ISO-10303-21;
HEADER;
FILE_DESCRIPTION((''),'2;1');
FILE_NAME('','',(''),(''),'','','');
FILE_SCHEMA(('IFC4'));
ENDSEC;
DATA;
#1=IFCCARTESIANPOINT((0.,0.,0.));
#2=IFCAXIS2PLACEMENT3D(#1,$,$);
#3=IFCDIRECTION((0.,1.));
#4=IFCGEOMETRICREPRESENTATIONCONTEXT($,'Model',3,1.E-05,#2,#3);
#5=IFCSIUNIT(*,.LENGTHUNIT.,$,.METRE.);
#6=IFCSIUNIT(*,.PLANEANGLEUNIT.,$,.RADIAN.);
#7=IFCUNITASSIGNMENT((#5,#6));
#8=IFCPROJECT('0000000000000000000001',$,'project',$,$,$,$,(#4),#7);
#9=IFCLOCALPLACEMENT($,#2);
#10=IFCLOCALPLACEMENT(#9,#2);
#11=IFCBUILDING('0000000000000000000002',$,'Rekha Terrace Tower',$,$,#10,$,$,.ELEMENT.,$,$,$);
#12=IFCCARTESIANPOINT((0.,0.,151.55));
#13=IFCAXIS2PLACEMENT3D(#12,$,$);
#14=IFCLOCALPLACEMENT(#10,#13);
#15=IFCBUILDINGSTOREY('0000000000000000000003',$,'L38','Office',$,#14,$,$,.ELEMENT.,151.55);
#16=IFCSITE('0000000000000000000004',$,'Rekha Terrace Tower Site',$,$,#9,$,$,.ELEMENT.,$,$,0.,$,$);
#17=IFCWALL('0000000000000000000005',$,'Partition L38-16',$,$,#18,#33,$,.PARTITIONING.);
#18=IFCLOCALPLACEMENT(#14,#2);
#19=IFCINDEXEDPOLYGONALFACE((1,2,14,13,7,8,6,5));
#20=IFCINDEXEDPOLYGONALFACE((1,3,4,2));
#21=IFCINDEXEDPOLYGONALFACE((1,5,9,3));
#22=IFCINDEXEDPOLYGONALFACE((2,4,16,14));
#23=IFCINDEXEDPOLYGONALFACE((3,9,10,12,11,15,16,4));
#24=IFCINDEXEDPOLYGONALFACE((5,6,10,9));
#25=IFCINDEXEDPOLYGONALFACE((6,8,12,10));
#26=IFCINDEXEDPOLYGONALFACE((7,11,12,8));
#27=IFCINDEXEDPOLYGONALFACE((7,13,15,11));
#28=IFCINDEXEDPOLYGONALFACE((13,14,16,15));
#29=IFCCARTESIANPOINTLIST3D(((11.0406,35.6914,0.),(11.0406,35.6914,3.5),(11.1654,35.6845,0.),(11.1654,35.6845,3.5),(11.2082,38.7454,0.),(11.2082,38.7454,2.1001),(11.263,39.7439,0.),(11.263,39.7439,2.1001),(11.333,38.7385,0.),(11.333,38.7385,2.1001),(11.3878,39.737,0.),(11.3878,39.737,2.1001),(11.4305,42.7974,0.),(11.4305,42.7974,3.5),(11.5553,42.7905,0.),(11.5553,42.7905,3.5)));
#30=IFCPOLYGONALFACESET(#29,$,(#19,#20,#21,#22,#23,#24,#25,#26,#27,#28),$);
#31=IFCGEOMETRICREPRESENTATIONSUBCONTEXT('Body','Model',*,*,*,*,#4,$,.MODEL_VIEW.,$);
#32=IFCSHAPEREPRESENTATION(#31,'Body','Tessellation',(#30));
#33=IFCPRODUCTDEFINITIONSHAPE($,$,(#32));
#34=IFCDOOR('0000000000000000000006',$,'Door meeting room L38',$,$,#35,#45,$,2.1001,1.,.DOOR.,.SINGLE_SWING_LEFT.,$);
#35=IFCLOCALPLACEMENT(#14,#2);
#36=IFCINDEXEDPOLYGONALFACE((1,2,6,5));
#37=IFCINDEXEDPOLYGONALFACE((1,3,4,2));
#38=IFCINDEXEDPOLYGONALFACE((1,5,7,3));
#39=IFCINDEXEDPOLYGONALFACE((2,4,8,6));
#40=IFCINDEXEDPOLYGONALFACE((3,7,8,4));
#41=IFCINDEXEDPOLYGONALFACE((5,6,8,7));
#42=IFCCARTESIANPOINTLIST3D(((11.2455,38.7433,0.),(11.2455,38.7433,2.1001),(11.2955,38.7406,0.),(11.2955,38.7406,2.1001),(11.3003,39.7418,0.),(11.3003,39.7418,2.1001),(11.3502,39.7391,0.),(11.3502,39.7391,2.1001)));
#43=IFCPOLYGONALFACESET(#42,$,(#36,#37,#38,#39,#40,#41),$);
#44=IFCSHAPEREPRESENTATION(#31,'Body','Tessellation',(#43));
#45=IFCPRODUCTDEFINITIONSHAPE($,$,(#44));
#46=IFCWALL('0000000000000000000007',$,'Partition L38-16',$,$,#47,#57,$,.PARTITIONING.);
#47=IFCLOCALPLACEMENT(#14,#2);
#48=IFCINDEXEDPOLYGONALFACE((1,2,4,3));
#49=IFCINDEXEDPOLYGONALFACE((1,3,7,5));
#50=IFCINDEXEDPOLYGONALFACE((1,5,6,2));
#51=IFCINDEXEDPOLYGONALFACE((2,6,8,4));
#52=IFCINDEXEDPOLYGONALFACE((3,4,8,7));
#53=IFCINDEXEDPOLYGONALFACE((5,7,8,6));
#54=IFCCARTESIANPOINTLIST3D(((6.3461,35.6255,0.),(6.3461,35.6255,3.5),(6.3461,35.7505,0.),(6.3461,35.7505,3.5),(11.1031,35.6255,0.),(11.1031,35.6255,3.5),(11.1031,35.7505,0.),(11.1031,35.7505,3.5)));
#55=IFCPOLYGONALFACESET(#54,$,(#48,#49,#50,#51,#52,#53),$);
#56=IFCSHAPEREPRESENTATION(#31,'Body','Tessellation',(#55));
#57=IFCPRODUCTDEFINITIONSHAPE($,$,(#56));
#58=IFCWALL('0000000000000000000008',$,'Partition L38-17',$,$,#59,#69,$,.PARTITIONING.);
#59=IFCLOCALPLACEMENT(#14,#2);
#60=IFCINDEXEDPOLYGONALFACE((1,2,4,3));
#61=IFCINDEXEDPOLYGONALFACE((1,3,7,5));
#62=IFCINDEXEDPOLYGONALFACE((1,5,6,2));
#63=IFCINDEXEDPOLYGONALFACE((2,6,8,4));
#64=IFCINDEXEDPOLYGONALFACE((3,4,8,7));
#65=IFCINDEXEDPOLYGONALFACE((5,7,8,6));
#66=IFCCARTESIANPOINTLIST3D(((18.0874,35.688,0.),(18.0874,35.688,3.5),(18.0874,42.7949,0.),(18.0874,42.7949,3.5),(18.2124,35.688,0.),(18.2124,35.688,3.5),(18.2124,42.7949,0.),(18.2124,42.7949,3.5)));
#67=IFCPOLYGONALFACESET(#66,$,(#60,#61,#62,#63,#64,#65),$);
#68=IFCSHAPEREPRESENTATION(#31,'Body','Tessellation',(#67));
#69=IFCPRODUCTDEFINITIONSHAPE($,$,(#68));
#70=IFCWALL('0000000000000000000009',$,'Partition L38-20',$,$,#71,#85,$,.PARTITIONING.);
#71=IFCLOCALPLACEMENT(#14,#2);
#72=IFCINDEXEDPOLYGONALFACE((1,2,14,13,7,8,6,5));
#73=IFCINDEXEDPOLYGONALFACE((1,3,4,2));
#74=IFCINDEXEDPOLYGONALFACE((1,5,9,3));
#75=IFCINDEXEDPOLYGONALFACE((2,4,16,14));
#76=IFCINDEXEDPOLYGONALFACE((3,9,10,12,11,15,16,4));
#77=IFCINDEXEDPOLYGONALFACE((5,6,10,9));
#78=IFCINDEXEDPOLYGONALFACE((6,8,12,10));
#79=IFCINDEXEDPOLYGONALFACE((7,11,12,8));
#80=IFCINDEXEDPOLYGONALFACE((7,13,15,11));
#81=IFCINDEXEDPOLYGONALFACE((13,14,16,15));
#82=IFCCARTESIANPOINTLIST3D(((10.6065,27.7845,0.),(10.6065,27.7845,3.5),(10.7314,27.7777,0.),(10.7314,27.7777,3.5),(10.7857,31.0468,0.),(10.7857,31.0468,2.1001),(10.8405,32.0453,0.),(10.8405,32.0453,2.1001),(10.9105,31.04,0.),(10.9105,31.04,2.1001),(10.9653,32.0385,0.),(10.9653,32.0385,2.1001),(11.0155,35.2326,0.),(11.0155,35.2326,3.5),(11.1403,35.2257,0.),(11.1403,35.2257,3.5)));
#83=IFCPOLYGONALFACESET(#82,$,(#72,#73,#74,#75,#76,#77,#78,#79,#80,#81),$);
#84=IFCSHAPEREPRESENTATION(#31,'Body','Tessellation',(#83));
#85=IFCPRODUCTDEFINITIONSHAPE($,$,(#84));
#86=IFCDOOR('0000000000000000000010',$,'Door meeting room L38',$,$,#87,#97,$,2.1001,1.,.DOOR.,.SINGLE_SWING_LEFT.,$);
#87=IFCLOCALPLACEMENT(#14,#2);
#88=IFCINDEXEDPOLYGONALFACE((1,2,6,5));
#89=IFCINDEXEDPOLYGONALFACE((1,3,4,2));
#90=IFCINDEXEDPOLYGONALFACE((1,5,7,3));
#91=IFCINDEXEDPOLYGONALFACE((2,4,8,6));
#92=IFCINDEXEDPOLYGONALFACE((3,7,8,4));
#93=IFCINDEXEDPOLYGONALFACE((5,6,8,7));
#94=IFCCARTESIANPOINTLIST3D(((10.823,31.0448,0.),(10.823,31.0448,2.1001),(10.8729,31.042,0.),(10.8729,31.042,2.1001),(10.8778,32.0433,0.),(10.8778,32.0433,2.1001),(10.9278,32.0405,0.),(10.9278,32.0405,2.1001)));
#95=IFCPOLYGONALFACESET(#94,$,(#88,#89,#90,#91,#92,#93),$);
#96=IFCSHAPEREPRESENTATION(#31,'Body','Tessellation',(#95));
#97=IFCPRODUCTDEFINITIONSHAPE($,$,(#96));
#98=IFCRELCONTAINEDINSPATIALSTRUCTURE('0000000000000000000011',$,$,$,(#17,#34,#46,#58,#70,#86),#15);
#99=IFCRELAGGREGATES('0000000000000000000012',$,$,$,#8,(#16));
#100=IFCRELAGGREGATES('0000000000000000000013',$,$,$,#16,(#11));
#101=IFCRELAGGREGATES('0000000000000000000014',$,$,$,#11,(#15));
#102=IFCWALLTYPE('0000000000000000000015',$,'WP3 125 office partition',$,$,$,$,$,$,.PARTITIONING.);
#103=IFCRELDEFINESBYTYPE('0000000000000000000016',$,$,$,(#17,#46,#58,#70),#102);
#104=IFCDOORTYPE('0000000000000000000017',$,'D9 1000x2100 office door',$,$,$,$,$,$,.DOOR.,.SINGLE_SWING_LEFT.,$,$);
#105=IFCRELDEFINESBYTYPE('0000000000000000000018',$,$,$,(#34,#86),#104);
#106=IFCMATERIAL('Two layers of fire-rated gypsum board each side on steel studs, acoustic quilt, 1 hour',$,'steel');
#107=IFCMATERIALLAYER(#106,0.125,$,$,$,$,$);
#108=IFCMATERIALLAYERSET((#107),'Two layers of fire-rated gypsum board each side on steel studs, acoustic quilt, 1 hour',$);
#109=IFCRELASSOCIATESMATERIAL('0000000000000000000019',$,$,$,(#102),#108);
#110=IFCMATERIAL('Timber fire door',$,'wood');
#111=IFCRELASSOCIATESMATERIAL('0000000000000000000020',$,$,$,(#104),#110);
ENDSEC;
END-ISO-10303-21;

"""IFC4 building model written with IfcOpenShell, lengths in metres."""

from ifc_helpers import new_model, si_unit, direction, frame, frame_2d, origin, place, context, subcontext, project, spatial, rectangle, extrude, material, layer, layer_set, type_object, element, fill, save


model = new_model("IFC4")

# Units and contexts
model_context = context("Model", 3, precision=1e-05, world=origin(), true_north=direction((0.0, 1.0)))
body_context = subcontext(model_context, "Body", "Model", "MODEL_VIEW")
ifc_project = project(units=[si_unit("LENGTHUNIT", "METRE"), si_unit("PLANEANGLEUNIT", "RADIAN")], contexts=[model_context])

# Site, building, storey
site_placement = place(None, origin())
site = spatial("IfcSite", under=ifc_project, at=site_placement, Name="Rekha Terrace Tower Site", CompositionType="ELEMENT", RefElevation=0.0)
building_placement = place(site_placement, origin())
building = spatial("IfcBuilding", under=site, at=building_placement, Name="Rekha Terrace Tower", CompositionType="ELEMENT")
storey_placement = place(building_placement, frame((0.0, 0.0, 151.55)))
storey = spatial("IfcBuildingStorey", under=building, at=storey_placement, Name="L38", Description="Office", CompositionType="ELEMENT", Elevation=151.55)

# Shared definitions
ifc_material_1 = material(Name="Two layers of fire-rated gypsum board each side on steel studs, acoustic quilt, 1 hour", Category="steel")
ifc_layer_1 = layer(ifc_material_1, 0.125)
ifc_layer_set_1 = layer_set([ifc_layer_1], Name="Two layers of fire-rated gypsum board each side on steel studs, acoustic quilt, 1 hour")
wall_type_1 = type_object("IfcWallType", Name="WP3 125 office partition", PredefinedType="PARTITIONING", material=ifc_layer_set_1)

# Wall, opening, door
wall_1_placement = place(storey_placement, frame((11.4929, 42.7939, 0.0), z_axis=(0.0, 0.0, 1.0), x_axis=(-0.054786, -0.998498, 0.0)))
wall_1 = element("IfcWall", 1, at=wall_1_placement, inside=storey, type_object=wall_type_1, Name="Partition L38-16", PredefinedType="PARTITIONING", context=body_context, shape_type="SweptSolid", body=[
    extrude(rectangle(XDim=7.1167, YDim=0.125, at=frame_2d((3.5583, 0.0))), origin(), (0.0, 0.0, 1.0), 3.5),
])
opening_1_placement = place(wall_1_placement, frame((3.0581, 0.0, 0.0)))
opening_1 = element("IfcOpeningElement", 2, at=opening_1_placement, cuts=wall_1, PredefinedType="OPENING", context=body_context, shape_type="SweptSolid", body=[
    extrude(rectangle(XDim=1.0, YDim=2.1001, at=frame_2d((0.5, 1.05))), frame((0.0, 0.0725, 0.0), z_axis=(0.0, -1.0, 0.0), x_axis=(1.0, 0.0, 0.0)), (0.0, 0.0, 1.0), 0.145),
])
ifc_material_2 = material(Name="Timber fire door", Category="wood")
door_type = type_object("IfcDoorType", Name="D9 1000x2100 office door", OperationType="SINGLE_SWING_LEFT", PredefinedType="DOOR", material=ifc_material_2)
door_1_placement = place(opening_1_placement, origin())
door_1 = element("IfcDoor", 3, at=door_1_placement, inside=storey, type_object=door_type, Name="Door meeting room L38", OperationType="SINGLE_SWING_LEFT", OverallHeight=2.1001, OverallWidth=1.0, PredefinedType="DOOR", context=body_context, shape_type="SweptSolid", body=[
    extrude(rectangle(XDim=1.0, YDim=2.1001, at=frame_2d((0.5, 1.05))), frame((0.0, 0.0249, 0.0), z_axis=(0.0, -1.0, 0.0), x_axis=(1.0, 0.0, 0.0)), (0.0, 0.0, 1.0), 0.05),
])
fill(opening_1, door_1)

# Walls
wall_2_placement = place(storey_placement, frame((11.103, 35.688, 0.0), z_axis=(0.0, 0.0, 1.0), x_axis=(-1.0, 0.0, 0.0)))
element("IfcWall", 4, at=wall_2_placement, inside=storey, type_object=wall_type_1, Name="Partition L38-16", PredefinedType="PARTITIONING", context=body_context, shape_type="SweptSolid", body=[
    extrude(rectangle(XDim=4.7571, YDim=0.125, at=frame_2d((2.3784, 0.0))), origin(), (0.0, 0.0, 1.0), 3.5),
])
wall_3_placement = place(storey_placement, frame((18.1499, 35.688, 0.0), z_axis=(0.0, 0.0, 1.0), x_axis=(0.0, 1.0, 0.0)))
element("IfcWall", 5, at=wall_3_placement, inside=storey, type_object=wall_type_1, Name="Partition L38-17", PredefinedType="PARTITIONING", context=body_context, shape_type="SweptSolid", body=[
    extrude(rectangle(XDim=7.1069, YDim=0.125, at=frame_2d((3.5535, 0.0))), origin(), (0.0, 0.0, 1.0), 3.5),
])

# Wall, opening, door
wall_4_placement = place(storey_placement, frame((11.0779, 35.229, 0.0), z_axis=(0.0, 0.0, 1.0), x_axis=(-0.054823, -0.998496, 0.0)))
wall_4 = element("IfcWall", 6, at=wall_4_placement, inside=storey, type_object=wall_type_1, Name="Partition L38-20", PredefinedType="PARTITIONING", context=body_context, shape_type="SweptSolid", body=[
    extrude(rectangle(XDim=7.4592, YDim=0.125, at=frame_2d((3.7295, 0.0))), origin(), (0.0, 0.0, 1.0), 3.5),
])
opening_2_placement = place(wall_4_placement, frame((3.1919, 0.0, 0.0)))
opening_2 = element("IfcOpeningElement", 7, at=opening_2_placement, cuts=wall_4, PredefinedType="OPENING", context=body_context, shape_type="SweptSolid", body=[
    extrude(rectangle(XDim=1.0, YDim=2.1001, at=frame_2d((0.5, 1.05))), frame((0.0, 0.0725, 0.0), z_axis=(0.0, -1.0, 0.0), x_axis=(1.0, 0.0, 0.0)), (0.0, 0.0, 1.0), 0.145),
])
door_2_placement = place(opening_2_placement, origin())
door_2 = element("IfcDoor", 8, at=door_2_placement, inside=storey, type_object=door_type, Name="Door meeting room L38", OperationType="SINGLE_SWING_LEFT", OverallHeight=2.1001, OverallWidth=1.0, PredefinedType="DOOR", context=body_context, shape_type="SweptSolid", body=[
    extrude(rectangle(XDim=1.0, YDim=2.1001, at=frame_2d((0.5, 1.05))), frame((0.0, 0.0249, 0.0), z_axis=(0.0, -1.0, 0.0), x_axis=(1.0, 0.0, 0.0)), (0.0, 0.0, 1.0), 0.05),
])
fill(opening_2, door_2)

save(model, "model.ifc")
